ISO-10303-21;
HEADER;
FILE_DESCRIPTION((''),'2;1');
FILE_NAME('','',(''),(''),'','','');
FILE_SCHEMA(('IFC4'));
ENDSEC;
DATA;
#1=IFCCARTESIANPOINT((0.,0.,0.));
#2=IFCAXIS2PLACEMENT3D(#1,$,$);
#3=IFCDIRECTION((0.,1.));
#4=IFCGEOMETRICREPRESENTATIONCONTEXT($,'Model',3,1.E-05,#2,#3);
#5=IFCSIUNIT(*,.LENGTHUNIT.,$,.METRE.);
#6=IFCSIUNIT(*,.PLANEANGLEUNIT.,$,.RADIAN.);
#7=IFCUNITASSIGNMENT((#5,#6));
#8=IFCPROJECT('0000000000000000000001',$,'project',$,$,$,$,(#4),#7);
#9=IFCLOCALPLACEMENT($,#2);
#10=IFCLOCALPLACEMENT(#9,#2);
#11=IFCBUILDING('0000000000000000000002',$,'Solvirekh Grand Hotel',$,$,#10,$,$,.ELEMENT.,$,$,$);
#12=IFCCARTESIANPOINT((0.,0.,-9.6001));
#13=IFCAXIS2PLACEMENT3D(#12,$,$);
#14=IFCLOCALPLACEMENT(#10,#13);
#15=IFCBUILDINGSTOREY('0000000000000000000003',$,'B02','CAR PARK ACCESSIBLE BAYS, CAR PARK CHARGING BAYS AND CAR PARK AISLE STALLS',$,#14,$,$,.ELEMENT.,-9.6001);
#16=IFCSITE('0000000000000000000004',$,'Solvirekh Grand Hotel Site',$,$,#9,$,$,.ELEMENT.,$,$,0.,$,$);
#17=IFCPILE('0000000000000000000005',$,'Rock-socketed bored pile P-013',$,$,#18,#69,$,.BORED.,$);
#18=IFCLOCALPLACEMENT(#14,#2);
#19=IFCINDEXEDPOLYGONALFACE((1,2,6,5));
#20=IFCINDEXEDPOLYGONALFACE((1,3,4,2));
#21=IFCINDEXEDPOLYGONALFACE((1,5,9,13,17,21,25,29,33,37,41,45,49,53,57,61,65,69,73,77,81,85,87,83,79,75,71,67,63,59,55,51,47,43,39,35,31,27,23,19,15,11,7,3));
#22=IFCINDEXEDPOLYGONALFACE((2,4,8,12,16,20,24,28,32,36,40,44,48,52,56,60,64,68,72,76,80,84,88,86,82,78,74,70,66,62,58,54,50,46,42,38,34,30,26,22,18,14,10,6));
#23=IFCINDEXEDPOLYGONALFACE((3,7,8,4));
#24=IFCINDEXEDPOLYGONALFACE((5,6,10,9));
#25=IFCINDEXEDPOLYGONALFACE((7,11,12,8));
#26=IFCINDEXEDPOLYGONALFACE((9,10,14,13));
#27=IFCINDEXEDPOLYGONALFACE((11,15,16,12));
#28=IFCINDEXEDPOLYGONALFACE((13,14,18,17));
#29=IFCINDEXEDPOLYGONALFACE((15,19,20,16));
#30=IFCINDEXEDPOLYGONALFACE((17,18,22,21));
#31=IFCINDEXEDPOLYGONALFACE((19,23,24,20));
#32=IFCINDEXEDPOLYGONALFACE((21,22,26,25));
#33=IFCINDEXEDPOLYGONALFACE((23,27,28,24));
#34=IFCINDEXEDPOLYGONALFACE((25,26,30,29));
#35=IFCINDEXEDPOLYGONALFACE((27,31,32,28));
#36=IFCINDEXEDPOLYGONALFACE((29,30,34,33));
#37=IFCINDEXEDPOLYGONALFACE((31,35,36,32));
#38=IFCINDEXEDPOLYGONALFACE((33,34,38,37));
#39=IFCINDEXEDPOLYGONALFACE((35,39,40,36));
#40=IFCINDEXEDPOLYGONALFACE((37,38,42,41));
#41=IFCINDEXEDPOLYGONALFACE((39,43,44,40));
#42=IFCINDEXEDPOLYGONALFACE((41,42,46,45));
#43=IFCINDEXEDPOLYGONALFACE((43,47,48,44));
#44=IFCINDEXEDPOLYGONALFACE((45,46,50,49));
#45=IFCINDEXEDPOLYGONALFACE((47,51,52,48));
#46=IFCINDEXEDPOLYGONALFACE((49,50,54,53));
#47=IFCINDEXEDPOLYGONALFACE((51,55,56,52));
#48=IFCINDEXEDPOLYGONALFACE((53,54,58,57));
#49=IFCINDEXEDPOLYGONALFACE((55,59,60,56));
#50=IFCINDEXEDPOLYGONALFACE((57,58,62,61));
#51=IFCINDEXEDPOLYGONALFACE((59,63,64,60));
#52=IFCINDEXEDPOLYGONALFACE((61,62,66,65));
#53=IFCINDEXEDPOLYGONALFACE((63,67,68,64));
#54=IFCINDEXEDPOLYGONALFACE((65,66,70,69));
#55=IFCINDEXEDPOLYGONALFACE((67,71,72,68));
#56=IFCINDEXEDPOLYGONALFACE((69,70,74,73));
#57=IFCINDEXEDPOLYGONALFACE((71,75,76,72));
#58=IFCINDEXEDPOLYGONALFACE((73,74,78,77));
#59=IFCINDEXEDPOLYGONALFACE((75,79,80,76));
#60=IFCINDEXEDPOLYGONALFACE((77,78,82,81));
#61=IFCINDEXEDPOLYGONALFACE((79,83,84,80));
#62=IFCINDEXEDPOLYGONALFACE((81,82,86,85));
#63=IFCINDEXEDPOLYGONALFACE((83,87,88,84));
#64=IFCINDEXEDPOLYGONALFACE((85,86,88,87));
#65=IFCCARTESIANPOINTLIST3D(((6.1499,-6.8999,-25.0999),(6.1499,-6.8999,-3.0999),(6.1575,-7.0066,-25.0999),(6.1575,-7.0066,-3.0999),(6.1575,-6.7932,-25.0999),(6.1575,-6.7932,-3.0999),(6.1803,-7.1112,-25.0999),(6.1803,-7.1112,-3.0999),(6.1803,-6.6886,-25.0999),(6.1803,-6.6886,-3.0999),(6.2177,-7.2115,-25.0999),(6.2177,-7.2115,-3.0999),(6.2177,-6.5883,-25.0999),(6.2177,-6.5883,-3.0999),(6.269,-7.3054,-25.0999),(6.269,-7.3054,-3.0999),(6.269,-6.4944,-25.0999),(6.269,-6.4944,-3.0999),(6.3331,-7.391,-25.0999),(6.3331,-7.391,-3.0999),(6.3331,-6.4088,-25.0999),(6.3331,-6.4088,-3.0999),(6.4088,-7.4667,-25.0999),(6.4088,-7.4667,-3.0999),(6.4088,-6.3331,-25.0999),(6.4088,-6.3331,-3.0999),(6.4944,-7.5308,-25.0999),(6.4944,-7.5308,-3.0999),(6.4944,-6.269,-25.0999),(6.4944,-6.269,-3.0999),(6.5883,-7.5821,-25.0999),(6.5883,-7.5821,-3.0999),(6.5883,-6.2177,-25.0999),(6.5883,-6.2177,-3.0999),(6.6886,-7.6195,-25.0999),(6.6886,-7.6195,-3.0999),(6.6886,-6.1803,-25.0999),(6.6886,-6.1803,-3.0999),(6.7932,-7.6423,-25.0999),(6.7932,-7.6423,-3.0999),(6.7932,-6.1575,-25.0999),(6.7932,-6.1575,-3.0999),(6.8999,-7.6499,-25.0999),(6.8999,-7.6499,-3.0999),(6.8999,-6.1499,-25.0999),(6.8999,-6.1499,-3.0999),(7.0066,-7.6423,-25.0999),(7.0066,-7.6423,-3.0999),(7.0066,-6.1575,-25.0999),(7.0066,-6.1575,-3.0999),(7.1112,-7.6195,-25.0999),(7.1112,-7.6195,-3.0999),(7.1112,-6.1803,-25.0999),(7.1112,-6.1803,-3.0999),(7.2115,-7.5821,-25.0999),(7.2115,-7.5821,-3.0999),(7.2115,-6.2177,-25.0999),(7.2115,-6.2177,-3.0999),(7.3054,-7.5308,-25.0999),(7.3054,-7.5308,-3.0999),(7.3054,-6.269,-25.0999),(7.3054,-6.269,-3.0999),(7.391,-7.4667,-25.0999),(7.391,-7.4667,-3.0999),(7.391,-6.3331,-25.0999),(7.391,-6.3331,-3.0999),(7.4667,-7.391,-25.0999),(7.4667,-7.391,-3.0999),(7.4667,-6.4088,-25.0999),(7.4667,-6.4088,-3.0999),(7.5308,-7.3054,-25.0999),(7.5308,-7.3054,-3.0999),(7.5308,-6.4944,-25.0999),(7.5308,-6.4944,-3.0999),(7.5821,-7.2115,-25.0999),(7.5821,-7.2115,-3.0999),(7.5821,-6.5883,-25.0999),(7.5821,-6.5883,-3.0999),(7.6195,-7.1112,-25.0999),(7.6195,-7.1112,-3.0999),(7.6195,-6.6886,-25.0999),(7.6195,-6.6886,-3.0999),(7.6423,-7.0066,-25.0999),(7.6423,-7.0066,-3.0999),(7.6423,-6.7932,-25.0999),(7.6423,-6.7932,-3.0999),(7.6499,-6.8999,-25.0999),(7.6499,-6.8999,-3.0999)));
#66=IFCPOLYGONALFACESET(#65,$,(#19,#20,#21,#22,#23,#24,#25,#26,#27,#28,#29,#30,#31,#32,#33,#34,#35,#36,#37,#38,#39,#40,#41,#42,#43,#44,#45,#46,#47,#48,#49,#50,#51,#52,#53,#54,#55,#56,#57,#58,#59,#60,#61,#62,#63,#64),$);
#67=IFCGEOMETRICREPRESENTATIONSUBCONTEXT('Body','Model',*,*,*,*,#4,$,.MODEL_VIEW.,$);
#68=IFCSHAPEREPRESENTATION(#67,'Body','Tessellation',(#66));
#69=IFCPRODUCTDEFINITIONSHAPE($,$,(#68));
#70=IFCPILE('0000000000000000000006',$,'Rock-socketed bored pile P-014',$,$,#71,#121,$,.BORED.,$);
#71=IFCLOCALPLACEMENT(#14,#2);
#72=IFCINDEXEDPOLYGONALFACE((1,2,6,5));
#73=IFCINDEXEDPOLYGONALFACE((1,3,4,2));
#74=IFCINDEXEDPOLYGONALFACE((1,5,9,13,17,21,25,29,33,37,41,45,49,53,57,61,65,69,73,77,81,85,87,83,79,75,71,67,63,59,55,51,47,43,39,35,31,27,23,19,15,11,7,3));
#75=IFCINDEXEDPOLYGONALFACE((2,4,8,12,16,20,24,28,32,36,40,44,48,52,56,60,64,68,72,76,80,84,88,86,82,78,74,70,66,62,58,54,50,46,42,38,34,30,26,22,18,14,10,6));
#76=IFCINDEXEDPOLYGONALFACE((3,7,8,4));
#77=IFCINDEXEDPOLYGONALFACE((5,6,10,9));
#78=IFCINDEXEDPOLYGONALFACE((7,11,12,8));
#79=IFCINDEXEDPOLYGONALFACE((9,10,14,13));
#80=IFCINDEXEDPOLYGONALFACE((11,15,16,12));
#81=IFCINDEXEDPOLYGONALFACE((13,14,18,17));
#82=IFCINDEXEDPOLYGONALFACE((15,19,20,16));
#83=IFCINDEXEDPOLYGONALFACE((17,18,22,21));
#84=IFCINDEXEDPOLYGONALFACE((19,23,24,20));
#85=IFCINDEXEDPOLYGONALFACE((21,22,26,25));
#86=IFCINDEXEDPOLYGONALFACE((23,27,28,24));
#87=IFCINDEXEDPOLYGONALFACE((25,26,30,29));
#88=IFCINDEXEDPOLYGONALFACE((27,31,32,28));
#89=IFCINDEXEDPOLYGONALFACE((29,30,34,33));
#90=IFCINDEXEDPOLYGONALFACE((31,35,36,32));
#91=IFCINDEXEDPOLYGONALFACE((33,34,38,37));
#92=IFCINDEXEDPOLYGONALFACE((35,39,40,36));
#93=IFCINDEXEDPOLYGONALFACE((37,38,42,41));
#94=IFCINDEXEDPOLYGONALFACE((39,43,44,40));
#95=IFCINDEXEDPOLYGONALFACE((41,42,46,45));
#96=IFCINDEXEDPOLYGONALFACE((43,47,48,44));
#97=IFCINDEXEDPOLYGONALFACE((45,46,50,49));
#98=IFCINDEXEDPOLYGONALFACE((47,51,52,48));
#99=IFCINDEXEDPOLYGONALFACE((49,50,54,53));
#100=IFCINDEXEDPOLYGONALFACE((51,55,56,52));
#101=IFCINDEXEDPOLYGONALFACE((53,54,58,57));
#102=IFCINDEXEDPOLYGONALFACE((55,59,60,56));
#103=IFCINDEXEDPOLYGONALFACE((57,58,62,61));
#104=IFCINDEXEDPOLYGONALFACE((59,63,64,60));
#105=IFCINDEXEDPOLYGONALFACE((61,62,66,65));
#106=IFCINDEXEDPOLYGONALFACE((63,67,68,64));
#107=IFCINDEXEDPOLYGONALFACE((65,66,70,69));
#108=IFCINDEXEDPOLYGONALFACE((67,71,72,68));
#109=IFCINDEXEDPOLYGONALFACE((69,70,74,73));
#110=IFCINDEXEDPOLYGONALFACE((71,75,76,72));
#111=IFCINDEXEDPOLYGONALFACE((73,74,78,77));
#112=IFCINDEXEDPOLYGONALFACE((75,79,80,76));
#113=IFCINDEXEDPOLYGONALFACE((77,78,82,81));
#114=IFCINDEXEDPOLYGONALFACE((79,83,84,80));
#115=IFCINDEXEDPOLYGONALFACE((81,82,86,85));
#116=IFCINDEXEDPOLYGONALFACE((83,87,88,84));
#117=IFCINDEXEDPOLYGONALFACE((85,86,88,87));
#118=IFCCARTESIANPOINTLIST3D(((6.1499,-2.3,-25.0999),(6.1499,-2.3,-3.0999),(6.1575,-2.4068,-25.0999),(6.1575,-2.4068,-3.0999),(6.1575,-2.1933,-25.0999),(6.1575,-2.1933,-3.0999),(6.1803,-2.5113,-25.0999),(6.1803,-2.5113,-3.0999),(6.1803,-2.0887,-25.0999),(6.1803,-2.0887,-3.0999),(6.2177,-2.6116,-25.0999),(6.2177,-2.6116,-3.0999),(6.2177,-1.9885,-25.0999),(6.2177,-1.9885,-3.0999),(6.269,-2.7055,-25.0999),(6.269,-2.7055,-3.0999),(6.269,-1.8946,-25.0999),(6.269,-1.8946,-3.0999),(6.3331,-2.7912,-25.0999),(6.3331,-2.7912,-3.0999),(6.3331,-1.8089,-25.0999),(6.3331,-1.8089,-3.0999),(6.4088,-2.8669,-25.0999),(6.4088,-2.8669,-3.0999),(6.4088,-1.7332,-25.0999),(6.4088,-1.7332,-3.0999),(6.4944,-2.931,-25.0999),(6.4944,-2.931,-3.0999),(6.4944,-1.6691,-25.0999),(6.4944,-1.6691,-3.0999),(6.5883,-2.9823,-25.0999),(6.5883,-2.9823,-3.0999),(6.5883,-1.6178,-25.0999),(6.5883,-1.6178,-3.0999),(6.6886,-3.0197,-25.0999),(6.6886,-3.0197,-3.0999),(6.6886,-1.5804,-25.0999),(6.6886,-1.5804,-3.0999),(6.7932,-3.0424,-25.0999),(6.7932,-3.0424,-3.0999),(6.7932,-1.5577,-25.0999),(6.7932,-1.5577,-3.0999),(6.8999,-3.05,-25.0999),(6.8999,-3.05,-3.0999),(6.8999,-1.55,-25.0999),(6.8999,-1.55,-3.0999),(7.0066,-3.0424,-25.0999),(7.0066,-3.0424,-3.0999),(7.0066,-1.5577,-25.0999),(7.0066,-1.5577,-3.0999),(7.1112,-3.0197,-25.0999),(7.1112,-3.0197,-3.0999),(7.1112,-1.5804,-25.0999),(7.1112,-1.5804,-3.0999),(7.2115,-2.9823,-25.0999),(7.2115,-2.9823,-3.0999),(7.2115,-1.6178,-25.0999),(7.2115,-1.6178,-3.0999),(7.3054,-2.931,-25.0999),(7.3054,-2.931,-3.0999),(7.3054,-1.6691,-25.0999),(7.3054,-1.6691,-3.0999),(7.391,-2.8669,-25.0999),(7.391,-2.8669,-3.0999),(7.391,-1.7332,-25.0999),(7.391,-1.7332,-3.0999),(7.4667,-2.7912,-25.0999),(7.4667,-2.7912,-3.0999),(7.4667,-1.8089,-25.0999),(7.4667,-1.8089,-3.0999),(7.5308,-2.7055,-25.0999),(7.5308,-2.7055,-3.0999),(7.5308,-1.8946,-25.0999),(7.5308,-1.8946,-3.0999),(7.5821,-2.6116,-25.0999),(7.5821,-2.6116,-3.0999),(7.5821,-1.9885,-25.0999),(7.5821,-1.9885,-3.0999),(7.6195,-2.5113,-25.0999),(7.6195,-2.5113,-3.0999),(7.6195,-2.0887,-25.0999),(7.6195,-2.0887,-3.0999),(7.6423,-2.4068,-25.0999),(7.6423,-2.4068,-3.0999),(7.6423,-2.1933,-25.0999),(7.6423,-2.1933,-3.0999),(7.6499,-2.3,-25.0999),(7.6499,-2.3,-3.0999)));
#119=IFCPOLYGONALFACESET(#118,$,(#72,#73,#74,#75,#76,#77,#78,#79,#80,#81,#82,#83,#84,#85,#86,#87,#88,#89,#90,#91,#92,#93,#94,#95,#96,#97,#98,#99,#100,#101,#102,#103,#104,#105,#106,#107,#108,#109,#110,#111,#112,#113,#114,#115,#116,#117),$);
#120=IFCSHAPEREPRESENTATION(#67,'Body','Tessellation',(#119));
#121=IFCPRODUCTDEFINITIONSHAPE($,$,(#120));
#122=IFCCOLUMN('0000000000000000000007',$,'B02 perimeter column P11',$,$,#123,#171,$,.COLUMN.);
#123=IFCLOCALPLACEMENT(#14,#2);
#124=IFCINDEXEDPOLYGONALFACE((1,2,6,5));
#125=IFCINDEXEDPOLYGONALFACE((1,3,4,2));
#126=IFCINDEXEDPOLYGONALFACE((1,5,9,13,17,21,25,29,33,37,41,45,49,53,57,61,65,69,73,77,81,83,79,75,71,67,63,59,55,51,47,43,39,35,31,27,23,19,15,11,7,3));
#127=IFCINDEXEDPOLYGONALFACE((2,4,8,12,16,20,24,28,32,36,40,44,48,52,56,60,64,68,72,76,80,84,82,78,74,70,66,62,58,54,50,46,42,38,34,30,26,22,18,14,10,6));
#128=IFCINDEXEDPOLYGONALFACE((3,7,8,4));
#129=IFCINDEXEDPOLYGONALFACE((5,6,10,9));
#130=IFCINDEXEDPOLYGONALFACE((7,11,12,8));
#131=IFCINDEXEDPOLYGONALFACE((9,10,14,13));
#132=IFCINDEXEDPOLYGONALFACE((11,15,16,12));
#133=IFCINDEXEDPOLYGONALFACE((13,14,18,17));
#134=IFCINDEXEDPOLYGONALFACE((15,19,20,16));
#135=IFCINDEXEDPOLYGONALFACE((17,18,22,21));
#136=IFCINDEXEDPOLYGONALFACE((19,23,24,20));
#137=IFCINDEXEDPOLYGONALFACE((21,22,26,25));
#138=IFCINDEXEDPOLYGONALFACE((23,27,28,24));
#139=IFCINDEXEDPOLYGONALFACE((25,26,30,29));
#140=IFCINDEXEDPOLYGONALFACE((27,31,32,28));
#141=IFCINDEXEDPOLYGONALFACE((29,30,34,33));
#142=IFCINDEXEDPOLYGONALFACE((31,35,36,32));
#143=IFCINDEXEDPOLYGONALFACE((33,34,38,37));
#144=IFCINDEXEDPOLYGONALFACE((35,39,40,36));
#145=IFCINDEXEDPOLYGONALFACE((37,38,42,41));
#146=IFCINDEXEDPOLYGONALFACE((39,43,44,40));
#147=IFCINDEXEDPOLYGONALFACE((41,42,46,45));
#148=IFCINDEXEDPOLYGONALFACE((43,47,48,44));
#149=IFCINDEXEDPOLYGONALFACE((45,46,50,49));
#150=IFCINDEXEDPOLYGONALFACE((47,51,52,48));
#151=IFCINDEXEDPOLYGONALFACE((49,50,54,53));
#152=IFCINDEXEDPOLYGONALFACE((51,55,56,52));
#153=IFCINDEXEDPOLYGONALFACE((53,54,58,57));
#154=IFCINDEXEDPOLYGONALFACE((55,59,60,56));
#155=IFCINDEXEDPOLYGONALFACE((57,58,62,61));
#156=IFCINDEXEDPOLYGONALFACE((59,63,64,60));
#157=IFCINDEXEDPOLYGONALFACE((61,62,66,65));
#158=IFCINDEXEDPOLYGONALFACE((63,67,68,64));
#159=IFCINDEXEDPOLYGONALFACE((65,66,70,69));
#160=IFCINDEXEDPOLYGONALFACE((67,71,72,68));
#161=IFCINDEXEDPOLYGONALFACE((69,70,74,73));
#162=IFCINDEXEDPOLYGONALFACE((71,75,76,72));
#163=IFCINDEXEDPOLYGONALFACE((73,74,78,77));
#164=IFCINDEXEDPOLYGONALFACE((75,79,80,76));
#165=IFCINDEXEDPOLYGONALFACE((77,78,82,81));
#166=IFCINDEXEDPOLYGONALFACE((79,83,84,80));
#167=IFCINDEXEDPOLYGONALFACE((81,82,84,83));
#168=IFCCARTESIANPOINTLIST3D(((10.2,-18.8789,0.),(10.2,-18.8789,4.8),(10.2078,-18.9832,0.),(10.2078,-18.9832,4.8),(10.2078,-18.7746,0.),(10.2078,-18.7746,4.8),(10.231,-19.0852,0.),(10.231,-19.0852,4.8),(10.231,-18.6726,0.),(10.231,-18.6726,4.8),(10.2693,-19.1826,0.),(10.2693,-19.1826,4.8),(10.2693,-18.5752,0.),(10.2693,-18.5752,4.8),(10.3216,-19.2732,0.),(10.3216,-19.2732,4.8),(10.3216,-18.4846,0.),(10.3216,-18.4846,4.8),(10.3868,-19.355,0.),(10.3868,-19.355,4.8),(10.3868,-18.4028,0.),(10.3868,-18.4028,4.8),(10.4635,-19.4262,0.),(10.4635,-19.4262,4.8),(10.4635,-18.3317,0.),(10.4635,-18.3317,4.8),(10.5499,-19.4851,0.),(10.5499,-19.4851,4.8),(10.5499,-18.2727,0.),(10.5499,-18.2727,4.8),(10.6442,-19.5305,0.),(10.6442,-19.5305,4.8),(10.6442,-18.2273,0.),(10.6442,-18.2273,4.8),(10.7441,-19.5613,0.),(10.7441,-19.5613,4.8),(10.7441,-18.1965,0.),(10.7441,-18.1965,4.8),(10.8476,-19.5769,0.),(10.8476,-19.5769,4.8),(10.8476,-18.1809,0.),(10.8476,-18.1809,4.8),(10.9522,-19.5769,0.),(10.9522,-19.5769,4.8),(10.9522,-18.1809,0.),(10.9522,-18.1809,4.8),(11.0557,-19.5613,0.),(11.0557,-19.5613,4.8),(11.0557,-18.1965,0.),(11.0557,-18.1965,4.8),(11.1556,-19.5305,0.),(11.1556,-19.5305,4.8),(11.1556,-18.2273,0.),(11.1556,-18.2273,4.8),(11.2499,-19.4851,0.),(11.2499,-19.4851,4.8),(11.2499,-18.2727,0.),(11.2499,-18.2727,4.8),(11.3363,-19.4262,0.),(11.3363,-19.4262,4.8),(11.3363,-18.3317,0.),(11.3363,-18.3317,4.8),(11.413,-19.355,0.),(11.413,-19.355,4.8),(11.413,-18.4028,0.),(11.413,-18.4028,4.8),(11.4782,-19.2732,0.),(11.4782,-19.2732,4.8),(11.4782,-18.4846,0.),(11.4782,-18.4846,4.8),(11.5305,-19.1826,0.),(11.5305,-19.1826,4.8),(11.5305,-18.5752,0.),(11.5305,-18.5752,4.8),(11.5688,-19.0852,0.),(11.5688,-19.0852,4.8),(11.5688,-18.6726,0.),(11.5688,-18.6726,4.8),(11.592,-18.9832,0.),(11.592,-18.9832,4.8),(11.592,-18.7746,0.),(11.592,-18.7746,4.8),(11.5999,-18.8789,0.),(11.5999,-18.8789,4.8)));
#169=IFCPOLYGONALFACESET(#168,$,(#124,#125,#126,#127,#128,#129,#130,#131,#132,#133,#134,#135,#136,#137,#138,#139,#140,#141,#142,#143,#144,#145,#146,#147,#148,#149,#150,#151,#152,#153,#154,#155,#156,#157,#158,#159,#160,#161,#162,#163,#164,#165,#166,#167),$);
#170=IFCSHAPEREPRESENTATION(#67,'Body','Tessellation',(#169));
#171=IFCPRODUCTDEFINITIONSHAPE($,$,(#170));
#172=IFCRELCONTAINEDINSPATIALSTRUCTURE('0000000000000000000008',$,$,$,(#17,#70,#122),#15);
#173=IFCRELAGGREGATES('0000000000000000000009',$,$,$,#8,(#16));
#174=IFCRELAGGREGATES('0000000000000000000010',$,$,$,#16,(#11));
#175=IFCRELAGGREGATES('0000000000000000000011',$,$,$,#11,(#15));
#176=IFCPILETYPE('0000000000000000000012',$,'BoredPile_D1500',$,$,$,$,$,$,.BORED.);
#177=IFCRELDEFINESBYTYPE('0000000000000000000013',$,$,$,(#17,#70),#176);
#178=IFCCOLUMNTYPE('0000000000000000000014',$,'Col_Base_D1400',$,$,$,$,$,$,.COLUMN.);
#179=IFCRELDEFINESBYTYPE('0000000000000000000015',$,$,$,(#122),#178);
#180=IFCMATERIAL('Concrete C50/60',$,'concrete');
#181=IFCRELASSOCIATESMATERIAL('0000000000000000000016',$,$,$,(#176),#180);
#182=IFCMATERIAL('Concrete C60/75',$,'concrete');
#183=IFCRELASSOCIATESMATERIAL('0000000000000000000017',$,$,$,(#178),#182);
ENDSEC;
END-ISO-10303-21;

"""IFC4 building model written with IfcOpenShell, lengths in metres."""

from ifc_helpers import new_model, si_unit, direction, frame, origin, origin_2d, place, context, subcontext, project, spatial, circle, extrude, material, material_profile, profile_set, type_object, element, save


model = new_model("IFC4")

# Units and contexts
model_context = context("Model", 3, precision=1e-05, world=origin(), true_north=direction((0.0, 1.0)))
body_context = subcontext(model_context, "Body", "Model", "MODEL_VIEW")
ifc_project = project(units=[si_unit("LENGTHUNIT", "METRE"), si_unit("PLANEANGLEUNIT", "RADIAN")], contexts=[model_context])

# Site, building, storey
site_placement = place(None, origin())
site = spatial("IfcSite", under=ifc_project, at=site_placement, Name="Solvirekh Grand Hotel Site", CompositionType="ELEMENT", RefElevation=0.0)
building_placement = place(site_placement, origin())
building = spatial("IfcBuilding", under=site, at=building_placement, Name="Solvirekh Grand Hotel", CompositionType="ELEMENT")
storey_placement = place(building_placement, frame((0.0, 0.0, -9.6001)))
storey = spatial("IfcBuildingStorey", under=building, at=storey_placement, Name="B02", Description="CAR PARK ACCESSIBLE BAYS, CAR PARK CHARGING BAYS AND CAR PARK AISLE STALLS", CompositionType="ELEMENT", Elevation=-9.6001)

# Piles
ifc_material_1 = material(Name="Concrete C50/60", Category="concrete")
ifc_material_profile_1 = material_profile(ifc_material_1, circle(Radius=0.75, at=origin_2d()), Name="BORED PILE D1500")
ifc_profile_set_1 = profile_set([ifc_material_profile_1], Name="Concrete C50/60")
pile_type_1 = type_object("IfcPileType", Name="BoredPile_D1500", PredefinedType="BORED", material=ifc_profile_set_1)
for number, where, z_axis, x_axis, name in (
    (1, (6.8999, -6.8999, -3.0999), (0.0, 0.0, -1.0), (1.0, 0.0, 0.0), "Rock-socketed bored pile P-013"),
    (2, (6.8999, -2.3, -3.0999), (0.0, 0.0, -1.0), (1.0, 0.0, 0.0), "Rock-socketed bored pile P-014"),
):
    element("IfcPile", number, at=place(storey_placement, frame(where, z_axis=z_axis, x_axis=x_axis)), inside=storey, type_object=pile_type_1, Name=name, PredefinedType="BORED", context=body_context, shape_type="SweptSolid", body=[
        extrude(circle(Radius=0.75, at=origin_2d()), origin(), (0.0, 0.0, 1.0), 22.0),
    ])

# Column
ifc_material_2 = material(Name="Concrete C60/75", Category="concrete")
ifc_material_profile_2 = material_profile(ifc_material_2, circle(Radius=0.7, at=origin_2d()), Name="RC CIRC D1400")
ifc_profile_set_2 = profile_set([ifc_material_profile_2], Name="Concrete C60/75")
column_type = type_object("IfcColumnType", Name="Col_Base_D1400", PredefinedType="COLUMN", material=ifc_profile_set_2)
column_placement = place(storey_placement, frame((10.8999, -18.8789, 0.0), z_axis=(0.0, 0.0, 1.0), x_axis=(1.0, 0.0, 0.0)))
element("IfcColumn", 3, at=column_placement, inside=storey, type_object=column_type, Name="B02 perimeter column P11", PredefinedType="COLUMN", context=body_context, shape_type="SweptSolid", body=[
    extrude(circle(Radius=0.7, at=origin_2d()), origin(), (0.0, 0.0, 1.0), 4.8),
])

save(model, "model.ifc")
